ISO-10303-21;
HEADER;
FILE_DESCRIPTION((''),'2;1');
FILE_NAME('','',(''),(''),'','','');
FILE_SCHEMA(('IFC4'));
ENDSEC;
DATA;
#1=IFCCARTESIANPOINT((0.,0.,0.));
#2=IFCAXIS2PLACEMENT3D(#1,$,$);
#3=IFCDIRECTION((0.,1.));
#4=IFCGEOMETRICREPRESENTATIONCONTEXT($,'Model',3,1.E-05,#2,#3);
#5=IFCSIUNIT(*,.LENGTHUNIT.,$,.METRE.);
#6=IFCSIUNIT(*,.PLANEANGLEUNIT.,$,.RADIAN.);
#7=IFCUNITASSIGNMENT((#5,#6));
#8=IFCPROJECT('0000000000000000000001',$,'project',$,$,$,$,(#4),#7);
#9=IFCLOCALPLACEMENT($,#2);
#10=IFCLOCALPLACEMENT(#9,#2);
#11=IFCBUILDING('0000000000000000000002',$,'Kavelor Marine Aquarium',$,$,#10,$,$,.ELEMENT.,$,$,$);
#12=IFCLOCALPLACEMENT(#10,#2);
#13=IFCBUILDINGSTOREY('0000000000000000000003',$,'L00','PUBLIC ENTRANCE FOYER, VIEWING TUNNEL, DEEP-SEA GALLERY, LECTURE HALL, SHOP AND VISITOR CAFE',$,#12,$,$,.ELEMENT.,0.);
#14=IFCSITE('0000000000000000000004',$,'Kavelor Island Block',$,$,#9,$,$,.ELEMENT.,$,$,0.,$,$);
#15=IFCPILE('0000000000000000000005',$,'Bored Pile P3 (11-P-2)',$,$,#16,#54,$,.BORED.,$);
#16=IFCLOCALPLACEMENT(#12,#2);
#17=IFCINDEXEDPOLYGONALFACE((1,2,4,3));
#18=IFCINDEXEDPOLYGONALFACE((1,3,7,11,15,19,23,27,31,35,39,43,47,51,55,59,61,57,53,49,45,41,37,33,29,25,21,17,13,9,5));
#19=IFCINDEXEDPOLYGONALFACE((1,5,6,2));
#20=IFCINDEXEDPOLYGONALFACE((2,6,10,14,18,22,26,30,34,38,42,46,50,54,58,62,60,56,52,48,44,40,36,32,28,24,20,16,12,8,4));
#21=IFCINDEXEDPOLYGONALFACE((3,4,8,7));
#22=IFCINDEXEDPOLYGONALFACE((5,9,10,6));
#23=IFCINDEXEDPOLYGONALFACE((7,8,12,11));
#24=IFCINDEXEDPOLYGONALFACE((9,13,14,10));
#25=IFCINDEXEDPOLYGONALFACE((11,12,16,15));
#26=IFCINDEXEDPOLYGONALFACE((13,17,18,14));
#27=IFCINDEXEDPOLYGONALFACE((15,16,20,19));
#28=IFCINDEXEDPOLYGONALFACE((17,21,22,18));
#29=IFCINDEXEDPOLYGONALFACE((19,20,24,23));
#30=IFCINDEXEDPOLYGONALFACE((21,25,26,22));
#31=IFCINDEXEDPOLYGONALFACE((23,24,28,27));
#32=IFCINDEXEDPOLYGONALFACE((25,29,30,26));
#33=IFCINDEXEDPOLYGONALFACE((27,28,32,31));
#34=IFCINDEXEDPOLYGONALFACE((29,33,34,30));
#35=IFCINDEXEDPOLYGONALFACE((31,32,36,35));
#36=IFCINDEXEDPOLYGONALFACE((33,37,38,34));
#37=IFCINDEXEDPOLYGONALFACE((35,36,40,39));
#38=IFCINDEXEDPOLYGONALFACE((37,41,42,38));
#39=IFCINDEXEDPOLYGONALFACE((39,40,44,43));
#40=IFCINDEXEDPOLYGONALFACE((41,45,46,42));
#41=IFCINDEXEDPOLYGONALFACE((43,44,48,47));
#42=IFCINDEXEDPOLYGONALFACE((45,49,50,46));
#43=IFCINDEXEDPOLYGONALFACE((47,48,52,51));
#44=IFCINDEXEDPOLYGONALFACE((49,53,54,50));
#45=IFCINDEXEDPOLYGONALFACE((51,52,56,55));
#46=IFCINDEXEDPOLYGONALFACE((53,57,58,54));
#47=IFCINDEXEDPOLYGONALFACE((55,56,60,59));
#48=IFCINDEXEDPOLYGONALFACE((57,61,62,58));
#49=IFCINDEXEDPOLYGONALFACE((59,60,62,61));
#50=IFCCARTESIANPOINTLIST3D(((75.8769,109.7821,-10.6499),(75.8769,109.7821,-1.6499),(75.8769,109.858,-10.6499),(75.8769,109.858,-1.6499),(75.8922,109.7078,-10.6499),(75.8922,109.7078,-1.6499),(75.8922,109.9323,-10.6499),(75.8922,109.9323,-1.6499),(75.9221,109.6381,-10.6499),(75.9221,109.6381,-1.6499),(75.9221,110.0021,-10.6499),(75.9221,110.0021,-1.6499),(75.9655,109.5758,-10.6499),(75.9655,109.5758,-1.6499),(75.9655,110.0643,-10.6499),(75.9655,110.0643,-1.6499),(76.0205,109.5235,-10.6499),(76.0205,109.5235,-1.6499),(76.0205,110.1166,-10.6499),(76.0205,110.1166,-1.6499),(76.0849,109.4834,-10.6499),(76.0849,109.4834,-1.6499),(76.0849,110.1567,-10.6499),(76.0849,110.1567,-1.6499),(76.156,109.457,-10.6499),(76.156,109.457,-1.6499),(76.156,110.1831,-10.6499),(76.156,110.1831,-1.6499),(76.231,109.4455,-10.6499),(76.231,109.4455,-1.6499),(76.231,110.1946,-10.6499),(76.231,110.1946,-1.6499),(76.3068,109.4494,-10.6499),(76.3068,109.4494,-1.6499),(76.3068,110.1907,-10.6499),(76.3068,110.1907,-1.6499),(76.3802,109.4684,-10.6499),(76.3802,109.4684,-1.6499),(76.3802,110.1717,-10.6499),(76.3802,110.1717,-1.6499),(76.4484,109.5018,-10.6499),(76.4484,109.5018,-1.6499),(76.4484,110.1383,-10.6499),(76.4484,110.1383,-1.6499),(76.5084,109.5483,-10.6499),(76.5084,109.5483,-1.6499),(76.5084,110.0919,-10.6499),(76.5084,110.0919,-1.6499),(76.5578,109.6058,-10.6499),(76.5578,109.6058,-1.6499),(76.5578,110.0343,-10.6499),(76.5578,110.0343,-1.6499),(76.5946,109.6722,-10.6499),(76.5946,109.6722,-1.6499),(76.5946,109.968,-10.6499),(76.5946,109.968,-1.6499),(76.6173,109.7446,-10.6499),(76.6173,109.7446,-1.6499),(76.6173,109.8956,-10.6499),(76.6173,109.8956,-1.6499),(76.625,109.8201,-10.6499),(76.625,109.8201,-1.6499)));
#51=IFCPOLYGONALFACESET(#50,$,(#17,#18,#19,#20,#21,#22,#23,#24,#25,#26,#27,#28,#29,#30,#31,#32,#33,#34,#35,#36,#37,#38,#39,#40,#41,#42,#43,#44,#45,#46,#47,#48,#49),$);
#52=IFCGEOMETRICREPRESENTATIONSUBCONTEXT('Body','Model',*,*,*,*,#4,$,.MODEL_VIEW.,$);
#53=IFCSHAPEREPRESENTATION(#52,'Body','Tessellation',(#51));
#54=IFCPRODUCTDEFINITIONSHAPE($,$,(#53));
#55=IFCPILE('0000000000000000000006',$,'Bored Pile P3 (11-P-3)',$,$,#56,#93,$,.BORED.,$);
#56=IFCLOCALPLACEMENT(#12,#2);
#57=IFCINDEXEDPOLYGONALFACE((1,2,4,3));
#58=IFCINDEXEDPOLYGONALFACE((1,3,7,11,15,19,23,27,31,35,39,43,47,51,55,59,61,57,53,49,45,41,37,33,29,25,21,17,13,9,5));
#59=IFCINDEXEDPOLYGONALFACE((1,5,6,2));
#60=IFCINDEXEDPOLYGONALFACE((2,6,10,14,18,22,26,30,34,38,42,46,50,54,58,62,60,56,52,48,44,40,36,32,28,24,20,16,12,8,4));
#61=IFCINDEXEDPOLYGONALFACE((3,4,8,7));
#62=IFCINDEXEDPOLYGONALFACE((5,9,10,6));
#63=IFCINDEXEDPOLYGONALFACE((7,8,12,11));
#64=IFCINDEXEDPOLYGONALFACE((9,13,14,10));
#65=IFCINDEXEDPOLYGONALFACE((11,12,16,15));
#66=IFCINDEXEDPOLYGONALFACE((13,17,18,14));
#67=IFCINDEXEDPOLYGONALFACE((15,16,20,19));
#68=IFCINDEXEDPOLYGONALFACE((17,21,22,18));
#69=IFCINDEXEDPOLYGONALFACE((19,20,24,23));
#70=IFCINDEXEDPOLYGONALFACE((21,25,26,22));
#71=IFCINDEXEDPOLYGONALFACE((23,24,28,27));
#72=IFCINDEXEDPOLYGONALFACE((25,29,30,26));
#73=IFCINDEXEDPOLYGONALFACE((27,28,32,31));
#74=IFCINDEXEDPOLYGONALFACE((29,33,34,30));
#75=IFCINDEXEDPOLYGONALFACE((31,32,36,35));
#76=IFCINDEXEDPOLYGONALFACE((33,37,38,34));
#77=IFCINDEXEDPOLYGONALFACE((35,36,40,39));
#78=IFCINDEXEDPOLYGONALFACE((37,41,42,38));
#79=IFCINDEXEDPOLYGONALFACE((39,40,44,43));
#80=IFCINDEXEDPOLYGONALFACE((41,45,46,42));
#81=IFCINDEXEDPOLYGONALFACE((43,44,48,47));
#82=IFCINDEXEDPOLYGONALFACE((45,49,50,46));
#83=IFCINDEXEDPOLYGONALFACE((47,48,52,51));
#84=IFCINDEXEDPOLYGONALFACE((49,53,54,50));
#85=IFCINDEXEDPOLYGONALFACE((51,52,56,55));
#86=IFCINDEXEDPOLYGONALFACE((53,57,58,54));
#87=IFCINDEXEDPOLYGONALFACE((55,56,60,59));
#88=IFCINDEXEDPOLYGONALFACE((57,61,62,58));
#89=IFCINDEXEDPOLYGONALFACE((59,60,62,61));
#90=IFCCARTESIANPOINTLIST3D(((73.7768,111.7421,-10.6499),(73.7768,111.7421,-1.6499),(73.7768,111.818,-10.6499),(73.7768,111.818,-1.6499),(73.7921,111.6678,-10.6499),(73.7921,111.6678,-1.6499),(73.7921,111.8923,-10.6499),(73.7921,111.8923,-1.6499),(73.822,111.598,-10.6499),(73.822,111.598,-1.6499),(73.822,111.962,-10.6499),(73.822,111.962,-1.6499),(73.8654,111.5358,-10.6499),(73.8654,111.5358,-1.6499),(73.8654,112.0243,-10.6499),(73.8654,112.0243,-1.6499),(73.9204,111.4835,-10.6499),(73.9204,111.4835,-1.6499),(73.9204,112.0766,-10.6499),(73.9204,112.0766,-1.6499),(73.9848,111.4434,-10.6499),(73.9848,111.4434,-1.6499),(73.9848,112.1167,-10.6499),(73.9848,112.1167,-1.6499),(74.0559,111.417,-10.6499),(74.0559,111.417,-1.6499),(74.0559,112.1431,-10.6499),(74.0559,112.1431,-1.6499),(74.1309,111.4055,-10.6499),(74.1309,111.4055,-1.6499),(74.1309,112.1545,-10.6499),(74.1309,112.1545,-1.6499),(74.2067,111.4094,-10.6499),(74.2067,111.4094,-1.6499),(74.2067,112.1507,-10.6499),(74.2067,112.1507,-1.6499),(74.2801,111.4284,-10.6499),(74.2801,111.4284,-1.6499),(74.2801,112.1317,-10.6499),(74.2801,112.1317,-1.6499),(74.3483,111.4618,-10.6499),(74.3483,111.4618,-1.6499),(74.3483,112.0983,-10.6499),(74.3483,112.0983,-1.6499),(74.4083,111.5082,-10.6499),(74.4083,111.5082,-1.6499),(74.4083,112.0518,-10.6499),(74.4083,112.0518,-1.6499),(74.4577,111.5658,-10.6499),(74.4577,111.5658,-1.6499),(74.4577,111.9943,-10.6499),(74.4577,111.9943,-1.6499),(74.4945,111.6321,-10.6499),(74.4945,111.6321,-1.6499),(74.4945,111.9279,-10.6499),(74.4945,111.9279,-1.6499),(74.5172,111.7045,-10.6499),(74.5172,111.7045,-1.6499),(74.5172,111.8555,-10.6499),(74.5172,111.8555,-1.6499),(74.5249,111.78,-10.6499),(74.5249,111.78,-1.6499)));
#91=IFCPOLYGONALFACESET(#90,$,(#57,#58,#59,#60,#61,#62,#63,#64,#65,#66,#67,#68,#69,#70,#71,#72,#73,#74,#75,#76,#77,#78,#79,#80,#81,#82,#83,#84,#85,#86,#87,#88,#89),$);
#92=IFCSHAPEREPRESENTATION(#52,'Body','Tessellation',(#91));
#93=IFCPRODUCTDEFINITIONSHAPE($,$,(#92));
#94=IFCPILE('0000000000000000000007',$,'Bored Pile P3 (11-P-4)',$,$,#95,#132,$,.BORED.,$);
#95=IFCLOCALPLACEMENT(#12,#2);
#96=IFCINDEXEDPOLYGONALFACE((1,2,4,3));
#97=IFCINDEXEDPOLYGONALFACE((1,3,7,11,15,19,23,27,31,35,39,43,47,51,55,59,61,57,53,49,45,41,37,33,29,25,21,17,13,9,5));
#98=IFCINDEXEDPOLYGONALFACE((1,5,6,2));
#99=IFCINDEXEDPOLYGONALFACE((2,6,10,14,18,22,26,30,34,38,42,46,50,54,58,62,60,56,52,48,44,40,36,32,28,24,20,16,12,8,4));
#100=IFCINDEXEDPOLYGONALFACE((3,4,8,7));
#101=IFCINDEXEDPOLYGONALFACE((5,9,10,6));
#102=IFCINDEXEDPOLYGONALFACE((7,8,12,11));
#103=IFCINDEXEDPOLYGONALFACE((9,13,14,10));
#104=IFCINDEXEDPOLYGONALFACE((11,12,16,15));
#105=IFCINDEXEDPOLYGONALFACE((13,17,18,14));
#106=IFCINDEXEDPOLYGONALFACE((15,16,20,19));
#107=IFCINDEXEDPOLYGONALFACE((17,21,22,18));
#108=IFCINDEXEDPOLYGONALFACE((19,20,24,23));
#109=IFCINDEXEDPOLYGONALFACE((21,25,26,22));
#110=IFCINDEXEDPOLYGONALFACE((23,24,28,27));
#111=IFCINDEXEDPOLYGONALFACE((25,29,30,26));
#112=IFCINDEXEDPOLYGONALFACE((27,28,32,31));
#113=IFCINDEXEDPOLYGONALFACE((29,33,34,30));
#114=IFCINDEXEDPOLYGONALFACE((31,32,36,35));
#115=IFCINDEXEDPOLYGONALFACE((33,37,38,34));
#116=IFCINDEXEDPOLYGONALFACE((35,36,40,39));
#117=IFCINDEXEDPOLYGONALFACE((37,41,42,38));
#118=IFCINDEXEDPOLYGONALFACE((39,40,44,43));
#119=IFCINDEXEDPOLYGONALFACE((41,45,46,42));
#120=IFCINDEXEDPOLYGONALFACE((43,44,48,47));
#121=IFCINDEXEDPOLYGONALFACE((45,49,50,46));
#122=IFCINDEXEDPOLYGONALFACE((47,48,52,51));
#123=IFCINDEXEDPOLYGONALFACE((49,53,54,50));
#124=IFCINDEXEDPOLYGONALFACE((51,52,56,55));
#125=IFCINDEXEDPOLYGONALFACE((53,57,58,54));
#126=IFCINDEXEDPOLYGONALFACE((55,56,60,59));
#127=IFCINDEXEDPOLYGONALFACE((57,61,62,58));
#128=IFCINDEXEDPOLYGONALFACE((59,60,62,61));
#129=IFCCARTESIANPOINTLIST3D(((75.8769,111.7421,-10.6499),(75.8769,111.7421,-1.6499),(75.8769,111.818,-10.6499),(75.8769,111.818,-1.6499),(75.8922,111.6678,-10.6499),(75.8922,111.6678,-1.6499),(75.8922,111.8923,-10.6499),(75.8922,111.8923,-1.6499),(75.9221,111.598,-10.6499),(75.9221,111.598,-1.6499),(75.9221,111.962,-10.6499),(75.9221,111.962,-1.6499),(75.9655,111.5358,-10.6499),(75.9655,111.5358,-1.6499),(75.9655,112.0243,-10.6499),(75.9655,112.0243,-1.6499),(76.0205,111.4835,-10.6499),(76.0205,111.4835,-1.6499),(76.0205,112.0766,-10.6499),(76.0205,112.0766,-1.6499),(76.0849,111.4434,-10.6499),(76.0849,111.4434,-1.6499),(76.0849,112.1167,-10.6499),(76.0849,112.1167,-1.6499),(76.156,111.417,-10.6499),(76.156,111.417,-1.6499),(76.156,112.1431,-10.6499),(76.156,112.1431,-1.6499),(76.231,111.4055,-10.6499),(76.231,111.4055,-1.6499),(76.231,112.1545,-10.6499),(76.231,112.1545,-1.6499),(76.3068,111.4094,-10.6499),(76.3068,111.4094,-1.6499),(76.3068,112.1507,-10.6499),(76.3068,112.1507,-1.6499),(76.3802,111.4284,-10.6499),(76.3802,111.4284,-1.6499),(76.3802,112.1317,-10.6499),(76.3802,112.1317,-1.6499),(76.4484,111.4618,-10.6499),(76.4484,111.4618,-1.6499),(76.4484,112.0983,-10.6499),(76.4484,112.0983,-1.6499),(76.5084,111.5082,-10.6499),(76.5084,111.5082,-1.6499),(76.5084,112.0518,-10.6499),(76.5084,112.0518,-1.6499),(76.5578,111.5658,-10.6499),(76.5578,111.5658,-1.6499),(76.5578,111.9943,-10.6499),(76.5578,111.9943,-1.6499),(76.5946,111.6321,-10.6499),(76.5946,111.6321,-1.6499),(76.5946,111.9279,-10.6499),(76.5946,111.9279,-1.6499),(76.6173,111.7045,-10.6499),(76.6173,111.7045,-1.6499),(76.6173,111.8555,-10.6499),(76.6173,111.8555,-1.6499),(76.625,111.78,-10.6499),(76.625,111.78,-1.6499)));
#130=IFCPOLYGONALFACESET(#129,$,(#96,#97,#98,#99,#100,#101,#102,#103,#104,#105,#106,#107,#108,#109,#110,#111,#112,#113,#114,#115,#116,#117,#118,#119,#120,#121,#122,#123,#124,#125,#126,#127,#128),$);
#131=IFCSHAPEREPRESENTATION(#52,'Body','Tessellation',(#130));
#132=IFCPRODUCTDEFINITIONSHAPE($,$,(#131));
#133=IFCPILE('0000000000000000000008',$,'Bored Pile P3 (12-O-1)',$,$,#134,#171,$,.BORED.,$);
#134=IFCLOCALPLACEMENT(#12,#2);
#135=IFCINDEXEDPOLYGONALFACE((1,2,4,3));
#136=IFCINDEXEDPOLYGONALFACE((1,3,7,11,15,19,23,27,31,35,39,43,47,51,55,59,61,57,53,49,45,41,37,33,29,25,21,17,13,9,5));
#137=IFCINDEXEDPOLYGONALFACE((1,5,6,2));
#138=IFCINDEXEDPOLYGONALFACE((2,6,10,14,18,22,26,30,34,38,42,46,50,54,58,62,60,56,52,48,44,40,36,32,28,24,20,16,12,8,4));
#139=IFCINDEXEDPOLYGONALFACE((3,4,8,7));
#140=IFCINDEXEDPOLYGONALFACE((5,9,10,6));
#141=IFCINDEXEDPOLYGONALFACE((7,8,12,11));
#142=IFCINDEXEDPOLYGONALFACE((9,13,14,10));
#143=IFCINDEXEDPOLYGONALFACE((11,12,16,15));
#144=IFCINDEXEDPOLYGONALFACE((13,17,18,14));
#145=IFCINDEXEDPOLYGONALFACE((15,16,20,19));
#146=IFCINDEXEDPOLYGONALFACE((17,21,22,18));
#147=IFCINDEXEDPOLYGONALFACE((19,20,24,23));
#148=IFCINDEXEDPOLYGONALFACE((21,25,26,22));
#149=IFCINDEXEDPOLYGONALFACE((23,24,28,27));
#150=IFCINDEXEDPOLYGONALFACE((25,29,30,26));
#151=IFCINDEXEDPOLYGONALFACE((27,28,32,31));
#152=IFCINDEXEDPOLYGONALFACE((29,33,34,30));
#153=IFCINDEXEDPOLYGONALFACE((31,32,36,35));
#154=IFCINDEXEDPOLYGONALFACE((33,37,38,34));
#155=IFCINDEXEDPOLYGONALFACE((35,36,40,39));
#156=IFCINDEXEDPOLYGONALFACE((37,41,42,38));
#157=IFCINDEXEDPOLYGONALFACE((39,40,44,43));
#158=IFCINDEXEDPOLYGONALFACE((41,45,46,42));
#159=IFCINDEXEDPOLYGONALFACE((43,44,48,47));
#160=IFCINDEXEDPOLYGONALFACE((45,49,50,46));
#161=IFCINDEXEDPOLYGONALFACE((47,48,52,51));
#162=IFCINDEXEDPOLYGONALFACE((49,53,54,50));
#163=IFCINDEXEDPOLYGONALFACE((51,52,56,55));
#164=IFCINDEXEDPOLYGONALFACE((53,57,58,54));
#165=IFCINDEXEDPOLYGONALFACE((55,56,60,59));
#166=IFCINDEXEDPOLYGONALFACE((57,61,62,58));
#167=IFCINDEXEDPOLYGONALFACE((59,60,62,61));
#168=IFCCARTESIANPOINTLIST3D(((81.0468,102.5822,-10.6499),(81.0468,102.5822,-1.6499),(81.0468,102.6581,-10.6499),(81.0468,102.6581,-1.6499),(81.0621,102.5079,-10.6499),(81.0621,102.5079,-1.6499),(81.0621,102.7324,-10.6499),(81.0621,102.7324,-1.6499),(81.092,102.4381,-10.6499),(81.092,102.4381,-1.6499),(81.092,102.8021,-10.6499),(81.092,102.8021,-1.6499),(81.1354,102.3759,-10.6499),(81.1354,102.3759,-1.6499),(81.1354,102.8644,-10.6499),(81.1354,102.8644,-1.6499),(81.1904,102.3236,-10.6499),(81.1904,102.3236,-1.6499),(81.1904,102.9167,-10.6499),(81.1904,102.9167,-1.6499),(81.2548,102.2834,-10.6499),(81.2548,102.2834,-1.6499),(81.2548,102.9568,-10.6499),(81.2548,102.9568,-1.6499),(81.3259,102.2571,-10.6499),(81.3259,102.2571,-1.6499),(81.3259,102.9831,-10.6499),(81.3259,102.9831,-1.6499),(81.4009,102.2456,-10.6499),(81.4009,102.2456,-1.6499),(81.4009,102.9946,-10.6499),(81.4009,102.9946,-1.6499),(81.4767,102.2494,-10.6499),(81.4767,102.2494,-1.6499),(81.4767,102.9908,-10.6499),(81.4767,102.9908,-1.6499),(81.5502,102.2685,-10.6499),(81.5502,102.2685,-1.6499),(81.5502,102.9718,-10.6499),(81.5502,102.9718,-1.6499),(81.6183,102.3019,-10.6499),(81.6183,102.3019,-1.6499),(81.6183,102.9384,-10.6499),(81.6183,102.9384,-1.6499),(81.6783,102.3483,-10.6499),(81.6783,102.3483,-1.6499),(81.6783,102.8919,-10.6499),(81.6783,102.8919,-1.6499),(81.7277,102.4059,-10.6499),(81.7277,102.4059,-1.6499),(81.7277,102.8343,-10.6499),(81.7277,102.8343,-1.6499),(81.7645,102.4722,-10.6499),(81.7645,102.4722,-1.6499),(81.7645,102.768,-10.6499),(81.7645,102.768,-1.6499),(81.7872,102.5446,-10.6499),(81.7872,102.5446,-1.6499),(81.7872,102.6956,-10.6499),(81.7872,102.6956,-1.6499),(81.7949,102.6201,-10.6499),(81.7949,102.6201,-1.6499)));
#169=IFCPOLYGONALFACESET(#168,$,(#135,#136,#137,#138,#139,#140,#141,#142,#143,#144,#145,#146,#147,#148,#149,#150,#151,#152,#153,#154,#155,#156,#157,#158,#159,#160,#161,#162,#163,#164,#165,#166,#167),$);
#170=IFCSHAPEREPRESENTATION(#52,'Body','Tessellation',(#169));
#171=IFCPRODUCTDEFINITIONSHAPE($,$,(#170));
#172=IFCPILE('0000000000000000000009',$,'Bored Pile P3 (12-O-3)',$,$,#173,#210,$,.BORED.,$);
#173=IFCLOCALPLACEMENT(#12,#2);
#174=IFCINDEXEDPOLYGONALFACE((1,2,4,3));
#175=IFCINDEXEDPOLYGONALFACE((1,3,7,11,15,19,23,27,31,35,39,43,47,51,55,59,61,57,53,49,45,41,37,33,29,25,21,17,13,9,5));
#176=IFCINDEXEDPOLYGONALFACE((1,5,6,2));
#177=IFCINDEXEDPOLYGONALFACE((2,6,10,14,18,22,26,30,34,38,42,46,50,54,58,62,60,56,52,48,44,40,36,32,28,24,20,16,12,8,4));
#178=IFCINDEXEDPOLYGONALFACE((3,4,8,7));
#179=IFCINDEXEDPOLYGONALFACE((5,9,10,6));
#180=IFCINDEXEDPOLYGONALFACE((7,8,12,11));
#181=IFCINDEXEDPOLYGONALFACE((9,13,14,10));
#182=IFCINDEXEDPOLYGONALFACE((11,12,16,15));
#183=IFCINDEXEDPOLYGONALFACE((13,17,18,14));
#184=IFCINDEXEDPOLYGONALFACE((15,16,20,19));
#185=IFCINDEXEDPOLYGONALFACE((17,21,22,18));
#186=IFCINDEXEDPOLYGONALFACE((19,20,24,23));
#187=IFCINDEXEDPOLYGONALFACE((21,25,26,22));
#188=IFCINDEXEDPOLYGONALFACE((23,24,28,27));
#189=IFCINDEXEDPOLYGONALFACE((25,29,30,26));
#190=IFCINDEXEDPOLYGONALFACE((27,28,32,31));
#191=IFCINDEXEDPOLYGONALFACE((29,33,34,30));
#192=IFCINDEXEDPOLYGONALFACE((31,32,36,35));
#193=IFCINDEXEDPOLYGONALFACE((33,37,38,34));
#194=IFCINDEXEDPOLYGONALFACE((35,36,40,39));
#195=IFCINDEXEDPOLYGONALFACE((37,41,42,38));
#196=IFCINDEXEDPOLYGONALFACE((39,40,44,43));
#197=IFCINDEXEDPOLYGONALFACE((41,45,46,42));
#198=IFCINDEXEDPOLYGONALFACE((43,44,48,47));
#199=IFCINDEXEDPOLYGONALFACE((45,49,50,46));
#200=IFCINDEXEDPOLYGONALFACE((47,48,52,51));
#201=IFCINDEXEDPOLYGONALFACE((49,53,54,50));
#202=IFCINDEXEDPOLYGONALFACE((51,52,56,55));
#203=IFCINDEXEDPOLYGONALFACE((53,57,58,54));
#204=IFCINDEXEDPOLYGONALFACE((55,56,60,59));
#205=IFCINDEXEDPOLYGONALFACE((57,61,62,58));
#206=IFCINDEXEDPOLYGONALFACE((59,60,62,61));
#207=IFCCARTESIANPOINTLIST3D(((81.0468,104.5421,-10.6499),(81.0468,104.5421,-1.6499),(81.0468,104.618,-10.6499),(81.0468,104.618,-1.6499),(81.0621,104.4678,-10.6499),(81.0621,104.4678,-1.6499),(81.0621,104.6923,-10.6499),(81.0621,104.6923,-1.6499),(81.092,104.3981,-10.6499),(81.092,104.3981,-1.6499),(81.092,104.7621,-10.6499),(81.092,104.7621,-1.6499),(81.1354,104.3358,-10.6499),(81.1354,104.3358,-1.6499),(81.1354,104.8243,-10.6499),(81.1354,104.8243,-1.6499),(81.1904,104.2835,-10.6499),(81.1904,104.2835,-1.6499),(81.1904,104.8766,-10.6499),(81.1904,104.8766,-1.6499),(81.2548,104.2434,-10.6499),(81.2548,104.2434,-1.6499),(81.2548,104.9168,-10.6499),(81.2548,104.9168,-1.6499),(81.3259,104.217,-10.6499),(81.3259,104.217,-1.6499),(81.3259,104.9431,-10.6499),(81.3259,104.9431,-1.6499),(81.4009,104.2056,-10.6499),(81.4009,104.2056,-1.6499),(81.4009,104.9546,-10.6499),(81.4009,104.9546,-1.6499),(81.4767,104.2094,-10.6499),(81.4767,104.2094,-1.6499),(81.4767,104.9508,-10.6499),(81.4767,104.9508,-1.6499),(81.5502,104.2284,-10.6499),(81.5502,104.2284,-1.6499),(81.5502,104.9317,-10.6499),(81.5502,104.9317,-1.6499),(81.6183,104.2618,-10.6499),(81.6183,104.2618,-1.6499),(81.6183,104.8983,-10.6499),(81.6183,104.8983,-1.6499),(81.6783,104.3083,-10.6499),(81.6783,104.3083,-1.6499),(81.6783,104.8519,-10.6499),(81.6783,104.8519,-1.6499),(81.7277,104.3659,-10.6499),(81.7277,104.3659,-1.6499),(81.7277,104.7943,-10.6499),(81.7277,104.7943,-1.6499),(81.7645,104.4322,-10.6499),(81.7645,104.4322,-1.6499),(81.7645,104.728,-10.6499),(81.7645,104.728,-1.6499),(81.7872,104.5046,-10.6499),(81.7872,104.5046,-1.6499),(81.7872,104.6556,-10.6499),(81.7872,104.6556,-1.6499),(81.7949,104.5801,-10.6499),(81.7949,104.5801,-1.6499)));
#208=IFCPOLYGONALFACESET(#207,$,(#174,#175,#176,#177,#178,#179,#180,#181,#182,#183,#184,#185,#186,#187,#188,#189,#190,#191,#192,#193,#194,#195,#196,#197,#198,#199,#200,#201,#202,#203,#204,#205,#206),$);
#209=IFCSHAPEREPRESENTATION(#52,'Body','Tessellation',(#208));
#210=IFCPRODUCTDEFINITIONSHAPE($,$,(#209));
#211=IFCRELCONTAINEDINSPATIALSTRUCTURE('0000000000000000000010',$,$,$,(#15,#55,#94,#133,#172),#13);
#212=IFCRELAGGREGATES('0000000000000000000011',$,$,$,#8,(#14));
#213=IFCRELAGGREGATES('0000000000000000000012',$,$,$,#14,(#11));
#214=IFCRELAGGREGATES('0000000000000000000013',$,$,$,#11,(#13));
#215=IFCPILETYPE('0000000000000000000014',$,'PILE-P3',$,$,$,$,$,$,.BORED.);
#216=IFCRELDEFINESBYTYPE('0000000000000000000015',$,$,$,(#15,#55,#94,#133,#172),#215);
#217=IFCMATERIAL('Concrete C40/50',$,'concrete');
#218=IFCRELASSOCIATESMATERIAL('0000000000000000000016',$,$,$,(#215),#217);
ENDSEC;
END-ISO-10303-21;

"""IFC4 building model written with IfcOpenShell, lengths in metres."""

from ifc_helpers import new_model, si_unit, direction, frame, origin, origin_2d, place, context, subcontext, project, spatial, circle, extrude, material, material_profile, profile_set, type_object, element, save


model = new_model("IFC4")

# Units and contexts
model_context = context("Model", 3, precision=1e-05, world=origin(), true_north=direction((0.0, 1.0)))
body_context = subcontext(model_context, "Body", "Model", "MODEL_VIEW")
ifc_project = project(units=[si_unit("LENGTHUNIT", "METRE"), si_unit("PLANEANGLEUNIT", "RADIAN")], contexts=[model_context])

# Site, building, storey
site_placement = place(None, origin())
site = spatial("IfcSite", under=ifc_project, at=site_placement, Name="Kavelor Island Block", CompositionType="ELEMENT", RefElevation=0.0)
building_placement = place(site_placement, origin())
building = spatial("IfcBuilding", under=site, at=building_placement, Name="Kavelor Marine Aquarium", CompositionType="ELEMENT")
storey_placement = place(building_placement, origin())
storey = spatial("IfcBuildingStorey", under=building, at=storey_placement, Name="L00", Description="PUBLIC ENTRANCE FOYER, VIEWING TUNNEL, DEEP-SEA GALLERY, LECTURE HALL, SHOP AND VISITOR CAFE", CompositionType="ELEMENT", Elevation=0.0)

# Piles
ifc_material_1 = material(Name="Concrete C40/50", Category="concrete")
ifc_material_profile_1 = material_profile(ifc_material_1, circle(Radius=0.375, at=origin_2d()), Name="PILE D750")
ifc_profile_set_1 = profile_set([ifc_material_profile_1], Name="Concrete C40/50")
pile_type_1 = type_object("IfcPileType", Name="PILE-P3", PredefinedType="BORED", material=ifc_profile_set_1)
for number, where, z_axis, x_axis, name in (
    (1, (76.25, 109.8201, -1.6499), (0.0, 0.0, -1.0), (1.0, 0.0, 0.0), "Bored Pile P3 (11-P-2)"),
    (2, (74.1499, 111.78, -1.6499), (0.0, 0.0, -1.0), (1.0, 0.0, 0.0), "Bored Pile P3 (11-P-3)"),
    (3, (76.25, 111.78, -1.6499), (0.0, 0.0, -1.0), (1.0, 0.0, 0.0), "Bored Pile P3 (11-P-4)"),
    (4, (81.4199, 102.6201, -1.6499), (0.0, 0.0, -1.0), (1.0, 0.0, 0.0), "Bored Pile P3 (12-O-1)"),
    (5, (81.4199, 104.5801, -1.6499), (0.0, 0.0, -1.0), (1.0, 0.0, 0.0), "Bored Pile P3 (12-O-3)"),
):
    element("IfcPile", number, at=place(storey_placement, frame(where, z_axis=z_axis, x_axis=x_axis)), inside=storey, type_object=pile_type_1, Name=name, PredefinedType="BORED", context=body_context, shape_type="SweptSolid", body=[
        extrude(circle(Radius=0.375, at=origin_2d()), origin(), (0.0, 0.0, 1.0), 9.0),
    ])

save(model, "model.ifc")
